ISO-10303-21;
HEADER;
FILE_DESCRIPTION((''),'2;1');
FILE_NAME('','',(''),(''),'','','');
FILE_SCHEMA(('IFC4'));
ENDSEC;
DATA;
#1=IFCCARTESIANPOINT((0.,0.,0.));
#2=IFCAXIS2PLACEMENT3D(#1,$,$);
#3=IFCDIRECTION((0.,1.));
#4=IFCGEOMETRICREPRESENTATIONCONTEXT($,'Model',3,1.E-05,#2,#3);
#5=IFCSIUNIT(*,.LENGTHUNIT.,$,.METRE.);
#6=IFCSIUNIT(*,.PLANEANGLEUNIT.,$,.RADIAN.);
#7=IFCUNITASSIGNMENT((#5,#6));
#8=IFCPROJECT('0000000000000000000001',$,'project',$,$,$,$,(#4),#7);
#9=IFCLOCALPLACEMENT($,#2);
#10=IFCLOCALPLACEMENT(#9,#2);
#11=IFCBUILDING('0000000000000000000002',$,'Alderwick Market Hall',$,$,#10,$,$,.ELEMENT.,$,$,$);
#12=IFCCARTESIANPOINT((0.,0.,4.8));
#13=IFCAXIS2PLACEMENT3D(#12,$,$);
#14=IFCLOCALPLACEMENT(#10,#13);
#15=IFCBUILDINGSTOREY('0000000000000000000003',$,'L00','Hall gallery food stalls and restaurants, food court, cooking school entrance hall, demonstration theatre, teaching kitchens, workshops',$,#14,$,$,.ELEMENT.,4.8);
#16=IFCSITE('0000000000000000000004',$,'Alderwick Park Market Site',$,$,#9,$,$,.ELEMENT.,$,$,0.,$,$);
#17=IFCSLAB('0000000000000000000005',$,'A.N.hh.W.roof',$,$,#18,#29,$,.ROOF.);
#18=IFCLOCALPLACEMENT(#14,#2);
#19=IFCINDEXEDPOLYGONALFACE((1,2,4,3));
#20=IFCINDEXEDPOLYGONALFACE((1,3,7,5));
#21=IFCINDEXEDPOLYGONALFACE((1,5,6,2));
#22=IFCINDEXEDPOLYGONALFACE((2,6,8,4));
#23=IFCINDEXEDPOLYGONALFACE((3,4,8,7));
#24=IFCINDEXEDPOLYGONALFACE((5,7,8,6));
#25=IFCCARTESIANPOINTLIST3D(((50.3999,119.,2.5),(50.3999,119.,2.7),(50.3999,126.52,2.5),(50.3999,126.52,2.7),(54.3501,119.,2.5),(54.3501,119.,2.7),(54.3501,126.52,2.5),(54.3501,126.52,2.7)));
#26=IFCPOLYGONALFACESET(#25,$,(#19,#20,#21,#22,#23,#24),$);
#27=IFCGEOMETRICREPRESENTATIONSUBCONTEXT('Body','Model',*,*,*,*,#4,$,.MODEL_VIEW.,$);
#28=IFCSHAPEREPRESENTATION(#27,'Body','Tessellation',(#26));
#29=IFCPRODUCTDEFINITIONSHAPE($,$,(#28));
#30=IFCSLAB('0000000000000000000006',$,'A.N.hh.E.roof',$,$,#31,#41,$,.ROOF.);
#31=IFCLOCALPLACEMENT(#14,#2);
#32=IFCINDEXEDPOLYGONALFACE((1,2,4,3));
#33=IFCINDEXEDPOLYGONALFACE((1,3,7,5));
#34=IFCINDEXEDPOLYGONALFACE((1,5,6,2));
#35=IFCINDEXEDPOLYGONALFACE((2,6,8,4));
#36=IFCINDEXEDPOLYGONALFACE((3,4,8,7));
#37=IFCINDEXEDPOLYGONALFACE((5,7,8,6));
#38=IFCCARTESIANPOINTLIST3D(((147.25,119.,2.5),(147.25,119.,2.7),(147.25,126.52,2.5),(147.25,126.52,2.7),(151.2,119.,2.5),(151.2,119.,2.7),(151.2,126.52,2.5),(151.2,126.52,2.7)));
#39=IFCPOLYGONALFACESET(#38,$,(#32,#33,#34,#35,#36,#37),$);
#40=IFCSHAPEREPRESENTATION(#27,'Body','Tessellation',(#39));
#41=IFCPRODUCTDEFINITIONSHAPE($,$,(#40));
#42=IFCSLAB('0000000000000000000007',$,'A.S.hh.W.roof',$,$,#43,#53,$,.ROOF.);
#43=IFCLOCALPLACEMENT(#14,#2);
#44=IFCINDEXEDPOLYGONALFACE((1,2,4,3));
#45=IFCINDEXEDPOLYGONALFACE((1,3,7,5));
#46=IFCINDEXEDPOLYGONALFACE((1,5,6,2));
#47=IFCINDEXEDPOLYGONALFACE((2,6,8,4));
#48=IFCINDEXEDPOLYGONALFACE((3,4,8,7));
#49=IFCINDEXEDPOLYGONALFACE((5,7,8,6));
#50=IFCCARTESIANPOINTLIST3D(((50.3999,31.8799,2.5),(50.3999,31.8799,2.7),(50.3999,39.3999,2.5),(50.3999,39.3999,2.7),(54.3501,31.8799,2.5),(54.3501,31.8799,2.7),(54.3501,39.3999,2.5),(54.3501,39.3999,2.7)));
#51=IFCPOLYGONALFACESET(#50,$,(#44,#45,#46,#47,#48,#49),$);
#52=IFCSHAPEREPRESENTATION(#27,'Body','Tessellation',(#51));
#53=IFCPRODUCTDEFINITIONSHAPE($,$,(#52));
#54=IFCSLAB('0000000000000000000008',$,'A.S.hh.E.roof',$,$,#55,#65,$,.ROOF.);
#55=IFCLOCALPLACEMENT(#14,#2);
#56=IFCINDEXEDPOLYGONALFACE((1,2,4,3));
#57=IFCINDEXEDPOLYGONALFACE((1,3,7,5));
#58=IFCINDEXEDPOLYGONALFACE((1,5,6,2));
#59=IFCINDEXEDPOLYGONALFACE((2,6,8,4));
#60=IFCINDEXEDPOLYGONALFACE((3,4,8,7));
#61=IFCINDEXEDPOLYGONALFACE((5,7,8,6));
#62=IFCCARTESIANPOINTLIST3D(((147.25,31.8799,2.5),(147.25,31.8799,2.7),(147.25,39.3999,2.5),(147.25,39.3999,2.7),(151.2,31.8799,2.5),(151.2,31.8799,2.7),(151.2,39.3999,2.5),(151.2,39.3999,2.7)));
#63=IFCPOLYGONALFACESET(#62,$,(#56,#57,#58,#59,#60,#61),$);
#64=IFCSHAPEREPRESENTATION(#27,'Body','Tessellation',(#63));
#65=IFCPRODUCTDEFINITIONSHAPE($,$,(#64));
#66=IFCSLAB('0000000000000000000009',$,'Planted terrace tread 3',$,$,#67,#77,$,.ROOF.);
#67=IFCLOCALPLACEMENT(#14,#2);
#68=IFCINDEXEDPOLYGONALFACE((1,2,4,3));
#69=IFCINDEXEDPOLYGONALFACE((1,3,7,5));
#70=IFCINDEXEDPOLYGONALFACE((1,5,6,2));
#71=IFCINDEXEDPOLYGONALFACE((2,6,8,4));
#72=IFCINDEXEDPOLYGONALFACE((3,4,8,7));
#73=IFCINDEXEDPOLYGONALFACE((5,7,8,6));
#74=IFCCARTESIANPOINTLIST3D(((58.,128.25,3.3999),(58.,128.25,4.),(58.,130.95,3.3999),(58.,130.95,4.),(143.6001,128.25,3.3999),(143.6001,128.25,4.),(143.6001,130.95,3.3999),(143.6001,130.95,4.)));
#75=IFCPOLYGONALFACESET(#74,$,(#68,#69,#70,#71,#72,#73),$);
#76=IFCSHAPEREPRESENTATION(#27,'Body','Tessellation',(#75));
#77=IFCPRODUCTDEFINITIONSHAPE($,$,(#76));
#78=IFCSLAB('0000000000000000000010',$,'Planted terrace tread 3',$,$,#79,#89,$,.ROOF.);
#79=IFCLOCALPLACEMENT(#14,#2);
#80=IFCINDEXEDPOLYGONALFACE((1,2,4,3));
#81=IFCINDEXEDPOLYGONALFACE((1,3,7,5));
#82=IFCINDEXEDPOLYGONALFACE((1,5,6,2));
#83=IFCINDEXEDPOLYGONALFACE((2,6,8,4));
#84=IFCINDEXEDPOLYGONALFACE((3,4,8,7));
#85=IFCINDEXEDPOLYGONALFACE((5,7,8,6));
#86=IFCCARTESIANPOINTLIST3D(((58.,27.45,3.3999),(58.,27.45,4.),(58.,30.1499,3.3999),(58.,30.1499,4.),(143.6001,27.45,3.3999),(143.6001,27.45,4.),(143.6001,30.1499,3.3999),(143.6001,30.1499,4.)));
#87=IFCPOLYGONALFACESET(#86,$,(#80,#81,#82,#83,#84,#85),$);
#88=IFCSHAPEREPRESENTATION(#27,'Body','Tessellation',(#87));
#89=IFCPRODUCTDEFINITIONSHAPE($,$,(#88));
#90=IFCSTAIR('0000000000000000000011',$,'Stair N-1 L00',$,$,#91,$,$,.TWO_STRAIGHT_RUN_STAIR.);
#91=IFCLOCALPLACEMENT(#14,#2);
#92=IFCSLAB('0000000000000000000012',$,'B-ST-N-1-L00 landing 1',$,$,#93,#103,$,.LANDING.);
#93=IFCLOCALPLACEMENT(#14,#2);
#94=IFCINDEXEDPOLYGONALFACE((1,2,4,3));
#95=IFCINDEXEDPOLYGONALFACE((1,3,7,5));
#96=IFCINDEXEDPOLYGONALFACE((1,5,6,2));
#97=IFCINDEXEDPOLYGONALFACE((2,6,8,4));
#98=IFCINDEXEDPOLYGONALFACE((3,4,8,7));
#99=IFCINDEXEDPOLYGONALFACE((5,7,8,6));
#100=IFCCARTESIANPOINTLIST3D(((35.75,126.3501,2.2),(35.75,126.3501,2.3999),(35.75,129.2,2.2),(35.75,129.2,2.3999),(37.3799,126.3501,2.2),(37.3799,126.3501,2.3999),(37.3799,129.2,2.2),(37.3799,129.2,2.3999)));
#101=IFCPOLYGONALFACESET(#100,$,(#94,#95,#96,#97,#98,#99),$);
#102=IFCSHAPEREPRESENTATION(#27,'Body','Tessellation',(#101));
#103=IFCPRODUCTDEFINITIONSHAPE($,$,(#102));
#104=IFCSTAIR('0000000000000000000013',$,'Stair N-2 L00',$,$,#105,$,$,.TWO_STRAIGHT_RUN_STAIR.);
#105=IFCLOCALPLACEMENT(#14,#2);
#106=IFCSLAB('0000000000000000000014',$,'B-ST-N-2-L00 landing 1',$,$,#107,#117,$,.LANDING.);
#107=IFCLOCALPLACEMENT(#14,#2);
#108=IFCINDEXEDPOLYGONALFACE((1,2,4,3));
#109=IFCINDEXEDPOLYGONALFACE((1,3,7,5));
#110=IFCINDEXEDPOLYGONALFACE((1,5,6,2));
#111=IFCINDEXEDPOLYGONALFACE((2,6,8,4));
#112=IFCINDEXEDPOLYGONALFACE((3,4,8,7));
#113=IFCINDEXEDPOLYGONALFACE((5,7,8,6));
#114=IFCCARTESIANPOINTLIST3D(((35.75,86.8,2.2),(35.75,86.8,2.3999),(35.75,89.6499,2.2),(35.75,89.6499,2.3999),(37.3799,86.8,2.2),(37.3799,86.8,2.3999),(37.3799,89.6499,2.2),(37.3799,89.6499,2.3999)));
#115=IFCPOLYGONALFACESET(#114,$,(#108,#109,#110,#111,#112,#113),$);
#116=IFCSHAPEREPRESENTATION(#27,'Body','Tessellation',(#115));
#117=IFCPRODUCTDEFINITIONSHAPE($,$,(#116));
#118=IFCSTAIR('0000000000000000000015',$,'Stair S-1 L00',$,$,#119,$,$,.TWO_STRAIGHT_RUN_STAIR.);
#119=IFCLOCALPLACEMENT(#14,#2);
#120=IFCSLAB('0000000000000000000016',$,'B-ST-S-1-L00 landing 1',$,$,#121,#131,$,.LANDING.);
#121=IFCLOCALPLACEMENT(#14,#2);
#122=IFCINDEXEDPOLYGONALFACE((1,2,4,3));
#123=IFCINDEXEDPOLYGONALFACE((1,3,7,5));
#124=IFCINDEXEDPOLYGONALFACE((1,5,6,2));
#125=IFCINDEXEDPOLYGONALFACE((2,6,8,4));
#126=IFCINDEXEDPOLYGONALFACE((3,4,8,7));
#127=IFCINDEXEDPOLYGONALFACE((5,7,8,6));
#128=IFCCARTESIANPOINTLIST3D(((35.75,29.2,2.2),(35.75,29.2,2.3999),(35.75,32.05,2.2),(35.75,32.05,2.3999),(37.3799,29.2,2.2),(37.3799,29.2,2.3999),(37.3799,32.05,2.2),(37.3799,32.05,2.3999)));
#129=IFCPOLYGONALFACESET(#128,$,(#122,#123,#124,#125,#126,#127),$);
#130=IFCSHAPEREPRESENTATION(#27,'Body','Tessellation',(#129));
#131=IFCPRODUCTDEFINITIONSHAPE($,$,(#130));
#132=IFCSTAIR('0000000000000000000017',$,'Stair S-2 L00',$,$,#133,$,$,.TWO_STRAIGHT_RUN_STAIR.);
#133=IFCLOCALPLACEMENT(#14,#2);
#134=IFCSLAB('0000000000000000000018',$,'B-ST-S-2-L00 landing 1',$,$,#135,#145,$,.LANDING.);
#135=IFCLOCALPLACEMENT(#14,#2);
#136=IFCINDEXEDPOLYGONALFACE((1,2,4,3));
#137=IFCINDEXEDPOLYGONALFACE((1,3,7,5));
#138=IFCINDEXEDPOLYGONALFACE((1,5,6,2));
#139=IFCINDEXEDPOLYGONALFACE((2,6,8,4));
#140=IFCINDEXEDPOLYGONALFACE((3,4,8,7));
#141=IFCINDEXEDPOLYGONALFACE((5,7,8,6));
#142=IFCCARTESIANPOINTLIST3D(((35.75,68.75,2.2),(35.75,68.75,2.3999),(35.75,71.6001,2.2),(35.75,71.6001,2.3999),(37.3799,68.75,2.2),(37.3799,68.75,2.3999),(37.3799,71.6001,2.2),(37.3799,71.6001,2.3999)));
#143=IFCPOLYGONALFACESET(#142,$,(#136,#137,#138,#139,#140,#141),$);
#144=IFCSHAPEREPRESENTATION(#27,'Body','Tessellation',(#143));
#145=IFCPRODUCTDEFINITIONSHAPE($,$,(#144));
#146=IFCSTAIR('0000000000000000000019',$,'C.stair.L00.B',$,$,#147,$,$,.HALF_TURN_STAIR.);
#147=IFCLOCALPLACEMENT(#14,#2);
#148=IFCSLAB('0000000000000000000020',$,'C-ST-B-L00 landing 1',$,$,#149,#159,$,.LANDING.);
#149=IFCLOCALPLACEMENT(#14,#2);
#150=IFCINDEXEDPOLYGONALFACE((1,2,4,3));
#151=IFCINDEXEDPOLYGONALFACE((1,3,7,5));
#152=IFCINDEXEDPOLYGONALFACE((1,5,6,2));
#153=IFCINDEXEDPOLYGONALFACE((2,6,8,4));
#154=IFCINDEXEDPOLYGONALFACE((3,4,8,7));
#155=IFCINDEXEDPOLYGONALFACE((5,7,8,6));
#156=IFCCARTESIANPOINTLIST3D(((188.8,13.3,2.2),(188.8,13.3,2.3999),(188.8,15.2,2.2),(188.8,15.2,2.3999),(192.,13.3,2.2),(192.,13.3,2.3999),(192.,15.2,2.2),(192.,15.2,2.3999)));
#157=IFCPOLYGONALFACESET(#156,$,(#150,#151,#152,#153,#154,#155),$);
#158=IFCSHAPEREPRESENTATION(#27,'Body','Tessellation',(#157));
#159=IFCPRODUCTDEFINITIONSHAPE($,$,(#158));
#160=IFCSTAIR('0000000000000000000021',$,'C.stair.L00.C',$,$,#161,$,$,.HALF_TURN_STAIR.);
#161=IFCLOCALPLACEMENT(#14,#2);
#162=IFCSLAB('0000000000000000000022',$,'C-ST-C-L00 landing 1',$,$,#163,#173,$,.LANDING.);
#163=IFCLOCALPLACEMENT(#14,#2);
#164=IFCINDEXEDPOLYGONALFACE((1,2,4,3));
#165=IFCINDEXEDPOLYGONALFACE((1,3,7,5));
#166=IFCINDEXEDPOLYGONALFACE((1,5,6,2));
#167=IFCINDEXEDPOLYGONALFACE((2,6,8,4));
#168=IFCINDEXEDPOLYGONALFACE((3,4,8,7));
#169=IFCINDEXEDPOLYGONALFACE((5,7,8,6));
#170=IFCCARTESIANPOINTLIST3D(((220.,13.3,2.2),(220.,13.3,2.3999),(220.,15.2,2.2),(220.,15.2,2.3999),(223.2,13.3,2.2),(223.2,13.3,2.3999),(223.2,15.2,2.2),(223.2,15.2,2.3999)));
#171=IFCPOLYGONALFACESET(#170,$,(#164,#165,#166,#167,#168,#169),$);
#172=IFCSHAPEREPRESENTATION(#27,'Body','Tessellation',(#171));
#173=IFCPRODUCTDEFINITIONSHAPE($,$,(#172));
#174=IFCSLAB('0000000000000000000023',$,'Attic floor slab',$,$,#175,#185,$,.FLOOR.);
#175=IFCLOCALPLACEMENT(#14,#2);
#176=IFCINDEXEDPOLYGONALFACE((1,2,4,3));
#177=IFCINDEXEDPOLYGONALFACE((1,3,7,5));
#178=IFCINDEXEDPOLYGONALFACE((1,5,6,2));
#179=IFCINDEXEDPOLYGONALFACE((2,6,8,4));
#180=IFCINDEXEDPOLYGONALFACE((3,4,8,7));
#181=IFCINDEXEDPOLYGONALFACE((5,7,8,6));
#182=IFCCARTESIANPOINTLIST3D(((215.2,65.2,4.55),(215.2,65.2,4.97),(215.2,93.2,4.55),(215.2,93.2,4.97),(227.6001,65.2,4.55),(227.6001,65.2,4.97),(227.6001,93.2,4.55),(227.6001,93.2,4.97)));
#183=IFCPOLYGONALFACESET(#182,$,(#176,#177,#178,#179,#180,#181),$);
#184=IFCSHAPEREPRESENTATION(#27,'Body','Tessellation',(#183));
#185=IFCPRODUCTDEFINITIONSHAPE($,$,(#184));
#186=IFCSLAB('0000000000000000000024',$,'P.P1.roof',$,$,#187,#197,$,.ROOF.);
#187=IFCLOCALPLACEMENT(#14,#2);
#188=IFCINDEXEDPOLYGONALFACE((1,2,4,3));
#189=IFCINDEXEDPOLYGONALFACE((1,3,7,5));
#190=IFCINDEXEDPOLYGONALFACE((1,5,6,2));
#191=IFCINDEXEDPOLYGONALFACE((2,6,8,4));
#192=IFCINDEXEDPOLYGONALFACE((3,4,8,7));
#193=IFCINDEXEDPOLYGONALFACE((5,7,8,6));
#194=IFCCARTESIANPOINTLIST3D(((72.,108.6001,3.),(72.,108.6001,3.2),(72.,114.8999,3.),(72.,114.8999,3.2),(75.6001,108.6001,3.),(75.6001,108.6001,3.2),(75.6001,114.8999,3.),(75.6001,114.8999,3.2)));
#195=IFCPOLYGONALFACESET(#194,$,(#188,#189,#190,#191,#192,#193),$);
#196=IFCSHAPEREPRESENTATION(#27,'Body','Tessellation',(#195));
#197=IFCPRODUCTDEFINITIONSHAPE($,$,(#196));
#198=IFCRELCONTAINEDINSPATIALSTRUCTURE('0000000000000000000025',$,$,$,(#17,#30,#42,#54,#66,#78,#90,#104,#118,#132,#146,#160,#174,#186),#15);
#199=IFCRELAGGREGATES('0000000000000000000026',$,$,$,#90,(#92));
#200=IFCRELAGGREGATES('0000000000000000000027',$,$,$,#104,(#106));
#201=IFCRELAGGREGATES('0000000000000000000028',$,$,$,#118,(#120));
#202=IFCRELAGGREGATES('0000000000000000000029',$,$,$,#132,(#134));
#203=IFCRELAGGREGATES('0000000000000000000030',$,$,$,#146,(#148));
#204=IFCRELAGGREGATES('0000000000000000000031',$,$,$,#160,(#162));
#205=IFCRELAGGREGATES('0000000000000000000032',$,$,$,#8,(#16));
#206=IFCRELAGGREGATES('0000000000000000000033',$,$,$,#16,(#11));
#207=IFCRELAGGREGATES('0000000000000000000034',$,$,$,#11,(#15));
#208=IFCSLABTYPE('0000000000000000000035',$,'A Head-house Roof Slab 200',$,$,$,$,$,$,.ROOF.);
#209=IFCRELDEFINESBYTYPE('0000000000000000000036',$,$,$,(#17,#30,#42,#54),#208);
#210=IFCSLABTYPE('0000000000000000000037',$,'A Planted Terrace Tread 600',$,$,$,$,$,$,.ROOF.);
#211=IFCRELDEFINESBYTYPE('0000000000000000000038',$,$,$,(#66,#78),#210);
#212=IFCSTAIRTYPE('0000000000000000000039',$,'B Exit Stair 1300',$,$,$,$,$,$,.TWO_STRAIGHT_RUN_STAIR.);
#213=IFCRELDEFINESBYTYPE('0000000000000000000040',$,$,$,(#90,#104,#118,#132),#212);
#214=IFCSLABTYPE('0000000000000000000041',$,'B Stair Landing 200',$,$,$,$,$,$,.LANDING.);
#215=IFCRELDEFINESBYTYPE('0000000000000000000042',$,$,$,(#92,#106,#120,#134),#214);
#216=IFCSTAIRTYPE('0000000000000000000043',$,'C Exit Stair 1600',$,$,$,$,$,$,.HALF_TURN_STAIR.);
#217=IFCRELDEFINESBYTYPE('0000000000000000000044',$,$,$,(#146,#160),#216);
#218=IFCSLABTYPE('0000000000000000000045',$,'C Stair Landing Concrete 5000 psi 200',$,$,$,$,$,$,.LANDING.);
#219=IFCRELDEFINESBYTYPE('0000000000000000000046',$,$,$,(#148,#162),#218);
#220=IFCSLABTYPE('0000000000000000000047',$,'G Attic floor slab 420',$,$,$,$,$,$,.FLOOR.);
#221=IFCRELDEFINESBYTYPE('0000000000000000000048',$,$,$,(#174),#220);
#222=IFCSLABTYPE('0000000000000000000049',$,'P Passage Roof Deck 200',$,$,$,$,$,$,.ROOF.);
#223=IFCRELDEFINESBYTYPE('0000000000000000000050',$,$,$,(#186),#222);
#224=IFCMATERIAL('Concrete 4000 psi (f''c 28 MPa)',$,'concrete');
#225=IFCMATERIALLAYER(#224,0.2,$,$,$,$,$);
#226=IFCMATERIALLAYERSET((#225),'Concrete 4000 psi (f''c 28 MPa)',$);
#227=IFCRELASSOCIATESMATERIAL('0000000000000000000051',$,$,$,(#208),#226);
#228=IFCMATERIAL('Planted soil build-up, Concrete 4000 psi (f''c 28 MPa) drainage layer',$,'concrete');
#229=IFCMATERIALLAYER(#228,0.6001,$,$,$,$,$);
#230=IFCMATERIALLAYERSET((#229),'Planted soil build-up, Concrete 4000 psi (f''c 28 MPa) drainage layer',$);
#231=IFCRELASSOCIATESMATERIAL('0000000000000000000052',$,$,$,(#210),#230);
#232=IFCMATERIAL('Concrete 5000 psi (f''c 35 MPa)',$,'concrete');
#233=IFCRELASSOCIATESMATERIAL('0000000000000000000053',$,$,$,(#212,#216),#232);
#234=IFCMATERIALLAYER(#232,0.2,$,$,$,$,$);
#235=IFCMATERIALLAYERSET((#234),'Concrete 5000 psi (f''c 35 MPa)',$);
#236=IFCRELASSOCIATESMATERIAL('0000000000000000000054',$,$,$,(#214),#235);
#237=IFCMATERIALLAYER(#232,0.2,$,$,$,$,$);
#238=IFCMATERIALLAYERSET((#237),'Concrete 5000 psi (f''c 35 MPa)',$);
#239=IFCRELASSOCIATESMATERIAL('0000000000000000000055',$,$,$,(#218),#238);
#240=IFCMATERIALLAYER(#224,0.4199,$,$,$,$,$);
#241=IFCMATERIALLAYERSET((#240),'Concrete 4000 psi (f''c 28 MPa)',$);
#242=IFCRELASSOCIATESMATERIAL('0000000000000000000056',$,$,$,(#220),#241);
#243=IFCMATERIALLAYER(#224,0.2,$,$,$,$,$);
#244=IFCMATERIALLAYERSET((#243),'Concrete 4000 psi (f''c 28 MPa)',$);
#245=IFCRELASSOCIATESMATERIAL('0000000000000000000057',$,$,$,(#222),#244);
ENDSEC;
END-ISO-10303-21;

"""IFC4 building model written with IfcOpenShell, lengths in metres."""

from ifc_helpers import new_model, si_unit, direction, frame, origin, place, context, subcontext, project, spatial, polyline, outline, extrude, material, layer, layer_set, type_object, element, aggregate, save


model = new_model("IFC4")

# Units and contexts
model_context = context("Model", 3, precision=1e-05, world=origin(), true_north=direction((0.0, 1.0)))
body_context = subcontext(model_context, "Body", "Model", "MODEL_VIEW")
ifc_project = project(units=[si_unit("LENGTHUNIT", "METRE"), si_unit("PLANEANGLEUNIT", "RADIAN")], contexts=[model_context])

# Site, building, storey
site_placement = place(None, origin())
site = spatial("IfcSite", under=ifc_project, at=site_placement, Name="Alderwick Park Market Site", CompositionType="ELEMENT", RefElevation=0.0)
building_placement = place(site_placement, origin())
building = spatial("IfcBuilding", under=site, at=building_placement, Name="Alderwick Market Hall", CompositionType="ELEMENT")
storey_placement = place(building_placement, frame((0.0, 0.0, 4.8)))
storey = spatial("IfcBuildingStorey", under=building, at=storey_placement, Name="L00", Description="Hall gallery food stalls and restaurants, food court, cooking school entrance hall, demonstration theatre, teaching kitchens, workshops", CompositionType="ELEMENT", Elevation=4.8)

# Slabs
ifc_material_1 = material(Name="Concrete 4000 psi (f'c 28 MPa)", Category="concrete")
ifc_layer_1 = layer(ifc_material_1, 0.2)
ifc_layer_set_1 = layer_set([ifc_layer_1], Name="Concrete 4000 psi (f'c 28 MPa)")
slab_type_1 = type_object("IfcSlabType", Name="A Head-house Roof Slab 200", PredefinedType="ROOF", material=ifc_layer_set_1)
slab_1_placement = place(storey_placement, frame((0.0, 0.0, 2.5)))
element("IfcSlab", 1, at=slab_1_placement, inside=storey, type_object=slab_type_1, Name="A.N.hh.W.roof", PredefinedType="ROOF", context=body_context, shape_type="SweptSolid", body=[
    extrude(outline(polyline([(50.3999, 119.0), (54.3501, 119.0), (54.3501, 126.52), (50.3999, 126.52), (50.3999, 119.0)])), origin(), (0.0, 0.0, 1.0), 0.2),
])
slab_2_placement = place(storey_placement, frame((0.0, 0.0, 2.5)))
element("IfcSlab", 2, at=slab_2_placement, inside=storey, type_object=slab_type_1, Name="A.N.hh.E.roof", PredefinedType="ROOF", context=body_context, shape_type="SweptSolid", body=[
    extrude(outline(polyline([(147.25, 119.0), (151.2, 119.0), (151.2, 126.52), (147.25, 126.52), (147.25, 119.0)])), origin(), (0.0, 0.0, 1.0), 0.2),
])
slab_3_placement = place(storey_placement, frame((0.0, 0.0, 2.5)))
element("IfcSlab", 3, at=slab_3_placement, inside=storey, type_object=slab_type_1, Name="A.S.hh.W.roof", PredefinedType="ROOF", context=body_context, shape_type="SweptSolid", body=[
    extrude(outline(polyline([(50.3999, 31.8799), (54.3501, 31.8799), (54.3501, 39.3999), (50.3999, 39.3999), (50.3999, 31.8799)])), origin(), (0.0, 0.0, 1.0), 0.2),
])
slab_4_placement = place(storey_placement, frame((0.0, 0.0, 2.5)))
element("IfcSlab", 4, at=slab_4_placement, inside=storey, type_object=slab_type_1, Name="A.S.hh.E.roof", PredefinedType="ROOF", context=body_context, shape_type="SweptSolid", body=[
    extrude(outline(polyline([(147.25, 31.8799), (151.2, 31.8799), (151.2, 39.3999), (147.25, 39.3999), (147.25, 31.8799)])), origin(), (0.0, 0.0, 1.0), 0.2),
])
ifc_material_2 = material(Name="Planted soil build-up, Concrete 4000 psi (f'c 28 MPa) drainage layer", Category="concrete")
ifc_layer_2 = layer(ifc_material_2, 0.6001)
ifc_layer_set_2 = layer_set([ifc_layer_2], Name="Planted soil build-up, Concrete 4000 psi (f'c 28 MPa) drainage layer")
slab_type_2 = type_object("IfcSlabType", Name="A Planted Terrace Tread 600", PredefinedType="ROOF", material=ifc_layer_set_2)
slab_5_placement = place(storey_placement, frame((0.0, 0.0, 3.3999)))
element("IfcSlab", 5, at=slab_5_placement, inside=storey, type_object=slab_type_2, Name="Planted terrace tread 3", PredefinedType="ROOF", context=body_context, shape_type="SweptSolid", body=[
    extrude(outline(polyline([(58.0, 128.25), (143.6001, 128.25), (143.6001, 130.95), (58.0, 130.95), (58.0, 128.25)])), origin(), (0.0, 0.0, 1.0), 0.6001),
])
slab_6_placement = place(storey_placement, frame((0.0, 0.0, 3.3999)))
element("IfcSlab", 6, at=slab_6_placement, inside=storey, type_object=slab_type_2, Name="Planted terrace tread 3", PredefinedType="ROOF", context=body_context, shape_type="SweptSolid", body=[
    extrude(outline(polyline([(58.0, 27.45), (143.6001, 27.45), (143.6001, 30.1499), (58.0, 30.1499), (58.0, 27.45)])), origin(), (0.0, 0.0, 1.0), 0.6001),
])

# Stairs, slabs
ifc_material_3 = material(Name="Concrete 5000 psi (f'c 35 MPa)", Category="concrete")
stair_type_1 = type_object("IfcStairType", Name="B Exit Stair 1300", PredefinedType="TWO_STRAIGHT_RUN_STAIR", material=ifc_material_3)
stair_1_placement = place(storey_placement, origin())
stair_1 = element("IfcStair", 7, at=stair_1_placement, inside=storey, type_object=stair_type_1, Name="Stair N-1 L00", PredefinedType="TWO_STRAIGHT_RUN_STAIR")
ifc_layer_3 = layer(ifc_material_3, 0.2)
ifc_layer_set_3 = layer_set([ifc_layer_3], Name="Concrete 5000 psi (f'c 35 MPa)")
slab_type_3 = type_object("IfcSlabType", Name="B Stair Landing 200", PredefinedType="LANDING", material=ifc_layer_set_3)
slab_7_placement = place(storey_placement, frame((0.0, 0.0, 2.2)))
slab_7 = element("IfcSlab", 8, at=slab_7_placement, type_object=slab_type_3, Name="B-ST-N-1-L00 landing 1", PredefinedType="LANDING", context=body_context, shape_type="SweptSolid", body=[
    extrude(outline(polyline([(35.75, 129.2), (37.3799, 129.2), (37.3799, 126.3501), (35.75, 126.3501), (35.75, 129.2)])), origin(), (0.0, 0.0, 1.0), 0.2),
])
aggregate(stair_1, [slab_7])
stair_2_placement = place(storey_placement, origin())
stair_2 = element("IfcStair", 9, at=stair_2_placement, inside=storey, type_object=stair_type_1, Name="Stair N-2 L00", PredefinedType="TWO_STRAIGHT_RUN_STAIR")
slab_8_placement = place(storey_placement, frame((0.0, 0.0, 2.2)))
slab_8 = element("IfcSlab", 10, at=slab_8_placement, type_object=slab_type_3, Name="B-ST-N-2-L00 landing 1", PredefinedType="LANDING", context=body_context, shape_type="SweptSolid", body=[
    extrude(outline(polyline([(35.75, 86.8), (37.3799, 86.8), (37.3799, 89.6499), (35.75, 89.6499), (35.75, 86.8)])), origin(), (0.0, 0.0, 1.0), 0.2),
])
aggregate(stair_2, [slab_8])
stair_3_placement = place(storey_placement, origin())
stair_3 = element("IfcStair", 11, at=stair_3_placement, inside=storey, type_object=stair_type_1, Name="Stair S-1 L00", PredefinedType="TWO_STRAIGHT_RUN_STAIR")
slab_9_placement = place(storey_placement, frame((0.0, 0.0, 2.2)))
slab_9 = element("IfcSlab", 12, at=slab_9_placement, type_object=slab_type_3, Name="B-ST-S-1-L00 landing 1", PredefinedType="LANDING", context=body_context, shape_type="SweptSolid", body=[
    extrude(outline(polyline([(35.75, 29.2), (37.3799, 29.2), (37.3799, 32.05), (35.75, 32.05), (35.75, 29.2)])), origin(), (0.0, 0.0, 1.0), 0.2),
])
aggregate(stair_3, [slab_9])
stair_4_placement = place(storey_placement, origin())
stair_4 = element("IfcStair", 13, at=stair_4_placement, inside=storey, type_object=stair_type_1, Name="Stair S-2 L00", PredefinedType="TWO_STRAIGHT_RUN_STAIR")
slab_10_placement = place(storey_placement, frame((0.0, 0.0, 2.2)))
slab_10 = element("IfcSlab", 14, at=slab_10_placement, type_object=slab_type_3, Name="B-ST-S-2-L00 landing 1", PredefinedType="LANDING", context=body_context, shape_type="SweptSolid", body=[
    extrude(outline(polyline([(35.75, 71.6001), (37.3799, 71.6001), (37.3799, 68.75), (35.75, 68.75), (35.75, 71.6001)])), origin(), (0.0, 0.0, 1.0), 0.2),
])
aggregate(stair_4, [slab_10])
stair_type_2 = type_object("IfcStairType", Name="C Exit Stair 1600", PredefinedType="HALF_TURN_STAIR", material=ifc_material_3)
stair_5_placement = place(storey_placement, origin())
stair_5 = element("IfcStair", 15, at=stair_5_placement, inside=storey, type_object=stair_type_2, Name="C.stair.L00.B", PredefinedType="HALF_TURN_STAIR")
ifc_layer_4 = layer(ifc_material_3, 0.2)
ifc_layer_set_4 = layer_set([ifc_layer_4], Name="Concrete 5000 psi (f'c 35 MPa)")
slab_type_4 = type_object("IfcSlabType", Name="C Stair Landing Concrete 5000 psi 200", PredefinedType="LANDING", material=ifc_layer_set_4)
slab_11_placement = place(storey_placement, frame((0.0, 0.0, 2.2)))
slab_11 = element("IfcSlab", 16, at=slab_11_placement, type_object=slab_type_4, Name="C-ST-B-L00 landing 1", PredefinedType="LANDING", context=body_context, shape_type="SweptSolid", body=[
    extrude(outline(polyline([(188.8, 15.2), (192.0, 15.2), (192.0, 13.3), (188.8, 13.3), (188.8, 15.2)])), origin(), (0.0, 0.0, 1.0), 0.2),
])
aggregate(stair_5, [slab_11])
stair_6_placement = place(storey_placement, origin())
stair_6 = element("IfcStair", 17, at=stair_6_placement, inside=storey, type_object=stair_type_2, Name="C.stair.L00.C", PredefinedType="HALF_TURN_STAIR")
slab_12_placement = place(storey_placement, frame((0.0, 0.0, 2.2)))
slab_12 = element("IfcSlab", 18, at=slab_12_placement, type_object=slab_type_4, Name="C-ST-C-L00 landing 1", PredefinedType="LANDING", context=body_context, shape_type="SweptSolid", body=[
    extrude(outline(polyline([(220.0, 15.2), (223.2, 15.2), (223.2, 13.3), (220.0, 13.3), (220.0, 15.2)])), origin(), (0.0, 0.0, 1.0), 0.2),
])
aggregate(stair_6, [slab_12])

# Slabs
ifc_layer_5 = layer(ifc_material_1, 0.4199)
ifc_layer_set_5 = layer_set([ifc_layer_5], Name="Concrete 4000 psi (f'c 28 MPa)")
slab_type_5 = type_object("IfcSlabType", Name="G Attic floor slab 420", PredefinedType="FLOOR", material=ifc_layer_set_5)
slab_13_placement = place(storey_placement, frame((0.0, 0.0, 4.55)))
element("IfcSlab", 19, at=slab_13_placement, inside=storey, type_object=slab_type_5, Name="Attic floor slab", PredefinedType="FLOOR", context=body_context, shape_type="SweptSolid", body=[
    extrude(outline(polyline([(215.2, 65.2), (227.6001, 65.2), (227.6001, 93.2), (215.2, 93.2), (215.2, 65.2)])), origin(), (0.0, 0.0, 1.0), 0.4199),
])
ifc_layer_6 = layer(ifc_material_1, 0.2)
ifc_layer_set_6 = layer_set([ifc_layer_6], Name="Concrete 4000 psi (f'c 28 MPa)")
slab_type_6 = type_object("IfcSlabType", Name="P Passage Roof Deck 200", PredefinedType="ROOF", material=ifc_layer_set_6)
slab_14_placement = place(storey_placement, frame((0.0, 0.0, 3.0)))
element("IfcSlab", 20, at=slab_14_placement, inside=storey, type_object=slab_type_6, Name="P.P1.roof", PredefinedType="ROOF", context=body_context, shape_type="SweptSolid", body=[
    extrude(outline(polyline([(72.0, 108.6001), (75.6001, 108.6001), (75.6001, 114.8999), (72.0, 114.8999), (72.0, 108.6001)])), origin(), (0.0, 0.0, 1.0), 0.2),
])

save(model, "model.ifc")
